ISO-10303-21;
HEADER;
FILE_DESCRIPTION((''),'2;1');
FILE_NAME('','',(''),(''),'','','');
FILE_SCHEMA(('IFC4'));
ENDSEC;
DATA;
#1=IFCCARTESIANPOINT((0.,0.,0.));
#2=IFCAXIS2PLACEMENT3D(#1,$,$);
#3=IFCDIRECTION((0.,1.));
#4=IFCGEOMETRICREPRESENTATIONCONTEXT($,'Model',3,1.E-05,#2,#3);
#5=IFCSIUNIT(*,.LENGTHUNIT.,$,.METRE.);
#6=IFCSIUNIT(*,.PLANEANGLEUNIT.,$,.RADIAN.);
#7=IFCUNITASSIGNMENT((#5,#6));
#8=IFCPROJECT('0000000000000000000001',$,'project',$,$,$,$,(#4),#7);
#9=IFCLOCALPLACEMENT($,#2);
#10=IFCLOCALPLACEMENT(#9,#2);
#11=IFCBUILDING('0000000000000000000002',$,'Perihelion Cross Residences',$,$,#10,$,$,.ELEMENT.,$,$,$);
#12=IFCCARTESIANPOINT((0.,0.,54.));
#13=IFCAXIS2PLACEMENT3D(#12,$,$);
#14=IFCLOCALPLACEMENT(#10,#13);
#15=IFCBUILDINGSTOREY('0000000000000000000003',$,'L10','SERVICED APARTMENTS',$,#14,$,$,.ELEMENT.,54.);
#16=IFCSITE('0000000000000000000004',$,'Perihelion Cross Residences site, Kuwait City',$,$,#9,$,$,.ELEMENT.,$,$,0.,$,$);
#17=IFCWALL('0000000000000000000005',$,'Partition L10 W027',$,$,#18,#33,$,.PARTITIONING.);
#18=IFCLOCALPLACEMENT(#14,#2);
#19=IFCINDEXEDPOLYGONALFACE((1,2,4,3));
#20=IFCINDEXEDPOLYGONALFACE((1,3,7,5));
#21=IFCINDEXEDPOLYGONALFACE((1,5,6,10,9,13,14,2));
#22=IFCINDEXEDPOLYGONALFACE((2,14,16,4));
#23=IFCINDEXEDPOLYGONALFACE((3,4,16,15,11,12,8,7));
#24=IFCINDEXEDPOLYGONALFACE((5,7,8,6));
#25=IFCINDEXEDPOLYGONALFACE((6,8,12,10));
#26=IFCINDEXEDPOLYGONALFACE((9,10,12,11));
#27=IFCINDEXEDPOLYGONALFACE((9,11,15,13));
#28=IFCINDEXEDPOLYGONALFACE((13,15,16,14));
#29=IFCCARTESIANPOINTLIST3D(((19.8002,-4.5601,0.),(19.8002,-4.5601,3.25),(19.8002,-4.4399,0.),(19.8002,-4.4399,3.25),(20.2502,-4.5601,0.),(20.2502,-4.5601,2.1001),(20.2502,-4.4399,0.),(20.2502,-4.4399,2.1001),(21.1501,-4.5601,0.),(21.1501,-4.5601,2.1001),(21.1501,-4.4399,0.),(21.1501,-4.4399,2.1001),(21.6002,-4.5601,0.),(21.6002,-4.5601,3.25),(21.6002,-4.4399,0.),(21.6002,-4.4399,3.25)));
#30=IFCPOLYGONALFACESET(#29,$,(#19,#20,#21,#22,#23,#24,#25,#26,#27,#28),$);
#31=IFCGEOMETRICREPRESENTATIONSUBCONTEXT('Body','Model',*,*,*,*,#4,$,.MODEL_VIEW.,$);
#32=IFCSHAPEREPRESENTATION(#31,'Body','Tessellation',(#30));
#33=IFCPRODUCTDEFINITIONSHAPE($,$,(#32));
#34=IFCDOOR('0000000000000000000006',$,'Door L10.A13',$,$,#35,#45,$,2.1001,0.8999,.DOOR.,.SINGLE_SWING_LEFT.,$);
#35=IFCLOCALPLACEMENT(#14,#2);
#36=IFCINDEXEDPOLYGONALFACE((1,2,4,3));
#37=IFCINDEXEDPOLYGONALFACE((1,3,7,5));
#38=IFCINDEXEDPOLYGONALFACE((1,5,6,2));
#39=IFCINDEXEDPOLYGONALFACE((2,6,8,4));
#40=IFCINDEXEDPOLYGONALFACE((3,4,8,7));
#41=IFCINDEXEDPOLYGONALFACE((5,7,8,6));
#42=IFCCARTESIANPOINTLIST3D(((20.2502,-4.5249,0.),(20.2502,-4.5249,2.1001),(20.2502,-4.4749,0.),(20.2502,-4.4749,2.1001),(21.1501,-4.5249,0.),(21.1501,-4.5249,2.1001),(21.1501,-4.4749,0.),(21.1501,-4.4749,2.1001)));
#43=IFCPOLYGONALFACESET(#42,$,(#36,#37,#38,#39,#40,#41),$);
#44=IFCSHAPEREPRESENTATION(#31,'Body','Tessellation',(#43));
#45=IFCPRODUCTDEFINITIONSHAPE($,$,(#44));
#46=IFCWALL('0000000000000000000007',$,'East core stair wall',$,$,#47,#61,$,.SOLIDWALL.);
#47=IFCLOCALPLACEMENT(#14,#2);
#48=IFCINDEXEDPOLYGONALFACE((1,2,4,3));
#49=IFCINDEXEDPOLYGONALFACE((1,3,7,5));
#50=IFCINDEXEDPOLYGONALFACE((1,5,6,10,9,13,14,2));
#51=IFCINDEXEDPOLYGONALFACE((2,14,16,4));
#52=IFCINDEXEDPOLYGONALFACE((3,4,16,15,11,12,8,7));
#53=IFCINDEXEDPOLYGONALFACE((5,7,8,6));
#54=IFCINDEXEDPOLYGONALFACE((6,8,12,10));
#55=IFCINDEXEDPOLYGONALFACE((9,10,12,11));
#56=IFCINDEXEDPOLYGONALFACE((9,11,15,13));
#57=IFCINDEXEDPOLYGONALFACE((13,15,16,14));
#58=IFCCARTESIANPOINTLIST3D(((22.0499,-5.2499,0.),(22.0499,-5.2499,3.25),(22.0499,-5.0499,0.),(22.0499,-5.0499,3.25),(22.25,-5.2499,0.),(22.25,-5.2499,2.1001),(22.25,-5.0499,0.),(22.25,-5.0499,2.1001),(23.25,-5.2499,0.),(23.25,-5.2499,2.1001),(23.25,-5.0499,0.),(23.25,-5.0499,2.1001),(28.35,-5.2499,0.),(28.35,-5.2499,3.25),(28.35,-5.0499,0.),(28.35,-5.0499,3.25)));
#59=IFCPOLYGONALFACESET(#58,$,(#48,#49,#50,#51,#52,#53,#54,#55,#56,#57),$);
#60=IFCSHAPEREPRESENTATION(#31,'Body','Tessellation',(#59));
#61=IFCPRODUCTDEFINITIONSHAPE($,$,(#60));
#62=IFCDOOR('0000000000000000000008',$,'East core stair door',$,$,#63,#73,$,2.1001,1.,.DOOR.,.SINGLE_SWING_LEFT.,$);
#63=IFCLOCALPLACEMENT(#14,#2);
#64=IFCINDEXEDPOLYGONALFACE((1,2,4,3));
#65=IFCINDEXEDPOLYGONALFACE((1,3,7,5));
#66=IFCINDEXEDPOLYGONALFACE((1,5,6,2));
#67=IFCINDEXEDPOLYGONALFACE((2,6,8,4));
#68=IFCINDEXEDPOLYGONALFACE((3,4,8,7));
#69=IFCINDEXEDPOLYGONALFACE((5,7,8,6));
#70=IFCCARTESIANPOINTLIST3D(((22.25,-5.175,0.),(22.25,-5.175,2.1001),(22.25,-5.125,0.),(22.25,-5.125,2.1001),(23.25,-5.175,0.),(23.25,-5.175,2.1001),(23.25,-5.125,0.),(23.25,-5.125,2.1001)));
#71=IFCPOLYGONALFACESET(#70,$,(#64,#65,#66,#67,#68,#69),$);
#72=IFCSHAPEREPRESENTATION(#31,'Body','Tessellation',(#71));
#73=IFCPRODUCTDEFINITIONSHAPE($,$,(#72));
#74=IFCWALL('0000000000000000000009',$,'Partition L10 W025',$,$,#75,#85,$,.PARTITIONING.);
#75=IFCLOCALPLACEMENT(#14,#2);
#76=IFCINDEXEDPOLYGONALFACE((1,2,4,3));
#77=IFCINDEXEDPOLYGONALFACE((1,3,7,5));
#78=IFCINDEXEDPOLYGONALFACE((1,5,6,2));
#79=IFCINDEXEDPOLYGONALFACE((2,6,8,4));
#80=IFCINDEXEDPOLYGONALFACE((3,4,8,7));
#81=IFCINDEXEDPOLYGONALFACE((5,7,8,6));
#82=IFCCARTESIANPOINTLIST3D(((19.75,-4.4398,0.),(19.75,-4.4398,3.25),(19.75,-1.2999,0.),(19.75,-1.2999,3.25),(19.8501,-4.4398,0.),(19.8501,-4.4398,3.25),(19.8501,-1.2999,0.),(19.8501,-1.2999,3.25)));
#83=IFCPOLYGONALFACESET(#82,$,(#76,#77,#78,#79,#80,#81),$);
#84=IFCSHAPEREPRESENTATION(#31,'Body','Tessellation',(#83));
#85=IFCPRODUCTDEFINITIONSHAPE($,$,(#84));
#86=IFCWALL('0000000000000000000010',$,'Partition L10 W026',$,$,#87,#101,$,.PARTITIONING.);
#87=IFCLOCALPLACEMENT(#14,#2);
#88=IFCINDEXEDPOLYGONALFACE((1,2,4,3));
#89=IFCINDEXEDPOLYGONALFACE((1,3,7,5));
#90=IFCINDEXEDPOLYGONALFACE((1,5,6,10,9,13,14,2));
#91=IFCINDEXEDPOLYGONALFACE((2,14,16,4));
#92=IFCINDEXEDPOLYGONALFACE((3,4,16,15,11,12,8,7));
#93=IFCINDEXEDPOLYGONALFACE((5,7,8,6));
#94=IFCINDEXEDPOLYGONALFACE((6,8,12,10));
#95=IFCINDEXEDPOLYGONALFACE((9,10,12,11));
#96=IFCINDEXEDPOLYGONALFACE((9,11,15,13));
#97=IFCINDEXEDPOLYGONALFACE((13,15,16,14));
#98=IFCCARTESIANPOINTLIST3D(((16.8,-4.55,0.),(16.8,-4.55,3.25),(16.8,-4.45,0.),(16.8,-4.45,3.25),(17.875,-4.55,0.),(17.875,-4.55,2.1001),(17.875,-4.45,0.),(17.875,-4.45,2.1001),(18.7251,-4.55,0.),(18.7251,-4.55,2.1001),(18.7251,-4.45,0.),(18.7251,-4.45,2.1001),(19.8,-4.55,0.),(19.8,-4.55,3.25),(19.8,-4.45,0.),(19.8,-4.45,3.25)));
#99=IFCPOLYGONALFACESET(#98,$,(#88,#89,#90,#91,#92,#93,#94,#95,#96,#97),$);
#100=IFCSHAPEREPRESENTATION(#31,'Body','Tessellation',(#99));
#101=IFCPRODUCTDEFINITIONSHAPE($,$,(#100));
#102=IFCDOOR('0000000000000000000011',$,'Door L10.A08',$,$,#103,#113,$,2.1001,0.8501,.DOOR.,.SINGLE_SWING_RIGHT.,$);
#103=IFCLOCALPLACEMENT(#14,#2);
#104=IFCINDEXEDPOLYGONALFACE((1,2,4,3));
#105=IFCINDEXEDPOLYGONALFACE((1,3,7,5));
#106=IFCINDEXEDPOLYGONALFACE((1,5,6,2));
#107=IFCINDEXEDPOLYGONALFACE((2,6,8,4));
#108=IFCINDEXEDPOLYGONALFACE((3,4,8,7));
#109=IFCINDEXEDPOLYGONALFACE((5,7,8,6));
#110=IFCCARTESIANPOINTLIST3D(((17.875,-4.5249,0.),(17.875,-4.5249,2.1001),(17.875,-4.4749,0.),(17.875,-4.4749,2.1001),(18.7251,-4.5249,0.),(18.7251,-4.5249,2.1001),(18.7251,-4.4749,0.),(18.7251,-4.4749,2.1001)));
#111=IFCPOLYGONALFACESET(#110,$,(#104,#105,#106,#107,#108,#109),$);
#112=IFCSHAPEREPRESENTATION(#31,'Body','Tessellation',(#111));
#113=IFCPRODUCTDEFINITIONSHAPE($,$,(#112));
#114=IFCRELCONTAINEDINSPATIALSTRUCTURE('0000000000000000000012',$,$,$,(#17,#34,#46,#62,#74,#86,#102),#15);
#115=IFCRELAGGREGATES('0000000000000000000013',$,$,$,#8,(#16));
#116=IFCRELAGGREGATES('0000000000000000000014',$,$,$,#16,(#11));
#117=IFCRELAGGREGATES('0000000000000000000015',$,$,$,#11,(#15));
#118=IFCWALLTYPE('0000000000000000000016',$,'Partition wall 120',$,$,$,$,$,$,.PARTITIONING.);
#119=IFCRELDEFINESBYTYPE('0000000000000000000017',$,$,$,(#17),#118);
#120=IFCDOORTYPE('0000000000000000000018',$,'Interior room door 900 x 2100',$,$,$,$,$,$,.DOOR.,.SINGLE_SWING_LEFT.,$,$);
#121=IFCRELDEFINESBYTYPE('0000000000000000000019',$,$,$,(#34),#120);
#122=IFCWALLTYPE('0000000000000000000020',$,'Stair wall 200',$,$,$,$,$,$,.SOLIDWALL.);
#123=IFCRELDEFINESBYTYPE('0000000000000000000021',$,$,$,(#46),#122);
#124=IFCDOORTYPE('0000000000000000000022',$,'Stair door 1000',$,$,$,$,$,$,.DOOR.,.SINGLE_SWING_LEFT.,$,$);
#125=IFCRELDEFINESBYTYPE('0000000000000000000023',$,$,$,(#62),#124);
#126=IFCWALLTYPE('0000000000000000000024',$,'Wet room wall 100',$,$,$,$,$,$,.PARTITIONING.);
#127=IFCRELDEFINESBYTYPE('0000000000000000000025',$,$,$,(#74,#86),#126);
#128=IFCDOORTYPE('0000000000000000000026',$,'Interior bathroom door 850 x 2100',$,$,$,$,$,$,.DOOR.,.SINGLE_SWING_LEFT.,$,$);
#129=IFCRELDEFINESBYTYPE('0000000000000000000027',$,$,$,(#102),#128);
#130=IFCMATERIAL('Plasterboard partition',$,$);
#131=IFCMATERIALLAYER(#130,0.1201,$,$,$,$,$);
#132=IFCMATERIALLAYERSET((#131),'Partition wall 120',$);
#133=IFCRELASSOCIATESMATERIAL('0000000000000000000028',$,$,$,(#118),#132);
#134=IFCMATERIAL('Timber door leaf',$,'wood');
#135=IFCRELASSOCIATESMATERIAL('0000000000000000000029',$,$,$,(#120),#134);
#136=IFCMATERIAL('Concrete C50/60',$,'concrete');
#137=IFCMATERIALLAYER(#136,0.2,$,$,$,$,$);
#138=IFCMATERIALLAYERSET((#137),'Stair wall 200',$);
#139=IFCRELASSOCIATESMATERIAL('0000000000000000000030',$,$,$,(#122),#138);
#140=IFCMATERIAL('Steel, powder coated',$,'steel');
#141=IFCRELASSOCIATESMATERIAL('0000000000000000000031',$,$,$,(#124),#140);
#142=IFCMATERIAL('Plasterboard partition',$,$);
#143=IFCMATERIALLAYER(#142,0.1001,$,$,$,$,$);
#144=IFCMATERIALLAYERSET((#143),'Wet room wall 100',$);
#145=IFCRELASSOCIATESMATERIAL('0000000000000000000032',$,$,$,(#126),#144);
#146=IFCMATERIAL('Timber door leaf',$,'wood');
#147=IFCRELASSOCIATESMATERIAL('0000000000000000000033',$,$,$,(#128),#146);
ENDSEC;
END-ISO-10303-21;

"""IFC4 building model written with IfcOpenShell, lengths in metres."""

from ifc_helpers import new_model, si_unit, direction, frame, frame_2d, origin, place, context, subcontext, project, spatial, rectangle, extrude, material, layer, layer_set, type_object, element, fill, save


model = new_model("IFC4")

# Units and contexts
model_context = context("Model", 3, precision=1e-05, world=origin(), true_north=direction((0.0, 1.0)))
body_context = subcontext(model_context, "Body", "Model", "MODEL_VIEW")
ifc_project = project(units=[si_unit("LENGTHUNIT", "METRE"), si_unit("PLANEANGLEUNIT", "RADIAN")], contexts=[model_context])

# Site, building, storey
site_placement = place(None, origin())
site = spatial("IfcSite", under=ifc_project, at=site_placement, Name="Perihelion Cross Residences site, Kuwait City", CompositionType="ELEMENT", RefElevation=0.0)
building_placement = place(site_placement, origin())
building = spatial("IfcBuilding", under=site, at=building_placement, Name="Perihelion Cross Residences", CompositionType="ELEMENT")
storey_placement = place(building_placement, frame((0.0, 0.0, 54.0)))
storey = spatial("IfcBuildingStorey", under=building, at=storey_placement, Name="L10", Description="SERVICED APARTMENTS", CompositionType="ELEMENT", Elevation=54.0)

# Walls, openings, doors
ifc_material_1 = material(Name="Plasterboard partition")
ifc_layer_1 = layer(ifc_material_1, 0.1201)
ifc_layer_set_1 = layer_set([ifc_layer_1], Name="Partition wall 120")
wall_type_1 = type_object("IfcWallType", Name="Partition wall 120", PredefinedType="PARTITIONING", material=ifc_layer_set_1)
wall_1_placement = place(storey_placement, frame((21.6001, -4.5, 0.0), z_axis=(0.0, 0.0, 1.0), x_axis=(-1.0, 0.0, 0.0)))
wall_1 = element("IfcWall", 1, at=wall_1_placement, inside=storey, type_object=wall_type_1, Name="Partition L10 W027", PredefinedType="PARTITIONING", context=body_context, shape_type="SweptSolid", body=[
    extrude(rectangle(XDim=1.8, YDim=0.1201, at=frame_2d((0.8999, 0.0))), origin(), (0.0, 0.0, 1.0), 3.25),
])
opening_1_placement = place(wall_1_placement, frame((0.45, 0.0, 0.0)))
opening_1 = element("IfcOpeningElement", 2, at=opening_1_placement, cuts=wall_1, PredefinedType="OPENING", context=body_context, shape_type="SweptSolid", body=[
    extrude(rectangle(XDim=0.8999, YDim=2.1001, at=frame_2d((0.45, 1.05))), frame((0.0, 0.0701, 0.0), z_axis=(0.0, -1.0, 0.0), x_axis=(1.0, 0.0, 0.0)), (0.0, 0.0, 1.0), 0.1401),
])
ifc_material_2 = material(Name="Timber door leaf", Category="wood")
door_type_1 = type_object("IfcDoorType", Name="Interior room door 900 x 2100", OperationType="SINGLE_SWING_LEFT", PredefinedType="DOOR", material=ifc_material_2)
door_1_placement = place(opening_1_placement, origin())
door_1 = element("IfcDoor", 3, at=door_1_placement, inside=storey, type_object=door_type_1, Name="Door L10.A13", OperationType="SINGLE_SWING_LEFT", OverallHeight=2.1001, OverallWidth=0.8999, PredefinedType="DOOR", context=body_context, shape_type="SweptSolid", body=[
    extrude(rectangle(XDim=0.8999, YDim=2.1001, at=frame_2d((0.45, 1.05))), frame((0.0, 0.0249, 0.0), z_axis=(0.0, -1.0, 0.0), x_axis=(1.0, 0.0, 0.0)), (0.0, 0.0, 1.0), 0.05),
])
fill(opening_1, door_1)
ifc_material_3 = material(Name="Concrete C50/60", Category="concrete")
ifc_layer_2 = layer(ifc_material_3, 0.2)
ifc_layer_set_2 = layer_set([ifc_layer_2], Name="Stair wall 200")
wall_type_2 = type_object("IfcWallType", Name="Stair wall 200", PredefinedType="SOLIDWALL", material=ifc_layer_set_2)
wall_2_placement = place(storey_placement, frame((22.05, -5.1499, 0.0), z_axis=(0.0, 0.0, 1.0), x_axis=(1.0, 0.0, 0.0)))
wall_2 = element("IfcWall", 4, at=wall_2_placement, inside=storey, type_object=wall_type_2, Name="East core stair wall", PredefinedType="SOLIDWALL", context=body_context, shape_type="SweptSolid", body=[
    extrude(rectangle(XDim=6.3, YDim=0.2, at=frame_2d((3.1499, 0.0))), origin(), (0.0, 0.0, 1.0), 3.25),
])
opening_2_placement = place(wall_2_placement, frame((0.2, 0.0, 0.0)))
opening_2 = element("IfcOpeningElement", 5, at=opening_2_placement, cuts=wall_2, PredefinedType="OPENING", context=body_context, shape_type="SweptSolid", body=[
    extrude(rectangle(XDim=1.0, YDim=2.1001, at=frame_2d((0.5, 1.05))), frame((0.0, 0.1099, 0.0), z_axis=(0.0, -1.0, 0.0), x_axis=(1.0, 0.0, 0.0)), (0.0, 0.0, 1.0), 0.22),
])
ifc_material_4 = material(Name="Steel, powder coated", Category="steel")
door_type_2 = type_object("IfcDoorType", Name="Stair door 1000", OperationType="SINGLE_SWING_LEFT", PredefinedType="DOOR", material=ifc_material_4)
door_2_placement = place(opening_2_placement, origin())
door_2 = element("IfcDoor", 6, at=door_2_placement, inside=storey, type_object=door_type_2, Name="East core stair door", OperationType="SINGLE_SWING_LEFT", OverallHeight=2.1001, OverallWidth=1.0, PredefinedType="DOOR", context=body_context, shape_type="SweptSolid", body=[
    extrude(rectangle(XDim=1.0, YDim=2.1001, at=frame_2d((0.5, 1.05))), frame((0.0, 0.0249, 0.0), z_axis=(0.0, -1.0, 0.0), x_axis=(1.0, 0.0, 0.0)), (0.0, 0.0, 1.0), 0.05),
])
fill(opening_2, door_2)

# Wall
ifc_material_5 = material(Name="Plasterboard partition")
ifc_layer_3 = layer(ifc_material_5, 0.1001)
ifc_layer_set_3 = layer_set([ifc_layer_3], Name="Wet room wall 100")
wall_type_3 = type_object("IfcWallType", Name="Wet room wall 100", PredefinedType="PARTITIONING", material=ifc_layer_set_3)
wall_3_placement = place(storey_placement, frame((19.8, -1.3, 0.0), z_axis=(0.0, 0.0, 1.0), x_axis=(0.0, -1.0, 0.0)))
element("IfcWall", 7, at=wall_3_placement, inside=storey, type_object=wall_type_3, Name="Partition L10 W025", PredefinedType="PARTITIONING", context=body_context, shape_type="SweptSolid", body=[
    extrude(rectangle(XDim=3.1399, YDim=0.1001, at=frame_2d((1.5698, 0.0))), origin(), (0.0, 0.0, 1.0), 3.25),
])

# Wall, opening, door
wall_4_placement = place(storey_placement, frame((19.8, -4.5, 0.0), z_axis=(0.0, 0.0, 1.0), x_axis=(-1.0, 0.0, 0.0)))
wall_4 = element("IfcWall", 8, at=wall_4_placement, inside=storey, type_object=wall_type_3, Name="Partition L10 W026", PredefinedType="PARTITIONING", context=body_context, shape_type="SweptSolid", body=[
    extrude(rectangle(XDim=3.0, YDim=0.1001, at=frame_2d((1.5, 0.0))), origin(), (0.0, 0.0, 1.0), 3.25),
])
opening_3_placement = place(wall_4_placement, frame((1.075, 0.0, 0.0)))
opening_3 = element("IfcOpeningElement", 9, at=opening_3_placement, cuts=wall_4, PredefinedType="OPENING", context=body_context, shape_type="SweptSolid", body=[
    extrude(rectangle(XDim=0.8501, YDim=2.1001, at=frame_2d((0.425, 1.05))), frame((0.0, 0.0601, 0.0), z_axis=(0.0, -1.0, 0.0), x_axis=(1.0, 0.0, 0.0)), (0.0, 0.0, 1.0), 0.1201),
])
ifc_material_6 = material(Name="Timber door leaf", Category="wood")
door_type_3 = type_object("IfcDoorType", Name="Interior bathroom door 850 x 2100", OperationType="SINGLE_SWING_LEFT", PredefinedType="DOOR", material=ifc_material_6)
door_3_placement = place(opening_3_placement, origin())
door_3 = element("IfcDoor", 10, at=door_3_placement, inside=storey, type_object=door_type_3, Name="Door L10.A08", OperationType="SINGLE_SWING_RIGHT", OverallHeight=2.1001, OverallWidth=0.8501, PredefinedType="DOOR", context=body_context, shape_type="SweptSolid", body=[
    extrude(rectangle(XDim=0.8501, YDim=2.1001, at=frame_2d((0.425, 1.05))), frame((0.0, 0.0249, 0.0), z_axis=(0.0, -1.0, 0.0), x_axis=(1.0, 0.0, 0.0)), (0.0, 0.0, 1.0), 0.05),
])
fill(opening_3, door_3)

save(model, "model.ifc")
